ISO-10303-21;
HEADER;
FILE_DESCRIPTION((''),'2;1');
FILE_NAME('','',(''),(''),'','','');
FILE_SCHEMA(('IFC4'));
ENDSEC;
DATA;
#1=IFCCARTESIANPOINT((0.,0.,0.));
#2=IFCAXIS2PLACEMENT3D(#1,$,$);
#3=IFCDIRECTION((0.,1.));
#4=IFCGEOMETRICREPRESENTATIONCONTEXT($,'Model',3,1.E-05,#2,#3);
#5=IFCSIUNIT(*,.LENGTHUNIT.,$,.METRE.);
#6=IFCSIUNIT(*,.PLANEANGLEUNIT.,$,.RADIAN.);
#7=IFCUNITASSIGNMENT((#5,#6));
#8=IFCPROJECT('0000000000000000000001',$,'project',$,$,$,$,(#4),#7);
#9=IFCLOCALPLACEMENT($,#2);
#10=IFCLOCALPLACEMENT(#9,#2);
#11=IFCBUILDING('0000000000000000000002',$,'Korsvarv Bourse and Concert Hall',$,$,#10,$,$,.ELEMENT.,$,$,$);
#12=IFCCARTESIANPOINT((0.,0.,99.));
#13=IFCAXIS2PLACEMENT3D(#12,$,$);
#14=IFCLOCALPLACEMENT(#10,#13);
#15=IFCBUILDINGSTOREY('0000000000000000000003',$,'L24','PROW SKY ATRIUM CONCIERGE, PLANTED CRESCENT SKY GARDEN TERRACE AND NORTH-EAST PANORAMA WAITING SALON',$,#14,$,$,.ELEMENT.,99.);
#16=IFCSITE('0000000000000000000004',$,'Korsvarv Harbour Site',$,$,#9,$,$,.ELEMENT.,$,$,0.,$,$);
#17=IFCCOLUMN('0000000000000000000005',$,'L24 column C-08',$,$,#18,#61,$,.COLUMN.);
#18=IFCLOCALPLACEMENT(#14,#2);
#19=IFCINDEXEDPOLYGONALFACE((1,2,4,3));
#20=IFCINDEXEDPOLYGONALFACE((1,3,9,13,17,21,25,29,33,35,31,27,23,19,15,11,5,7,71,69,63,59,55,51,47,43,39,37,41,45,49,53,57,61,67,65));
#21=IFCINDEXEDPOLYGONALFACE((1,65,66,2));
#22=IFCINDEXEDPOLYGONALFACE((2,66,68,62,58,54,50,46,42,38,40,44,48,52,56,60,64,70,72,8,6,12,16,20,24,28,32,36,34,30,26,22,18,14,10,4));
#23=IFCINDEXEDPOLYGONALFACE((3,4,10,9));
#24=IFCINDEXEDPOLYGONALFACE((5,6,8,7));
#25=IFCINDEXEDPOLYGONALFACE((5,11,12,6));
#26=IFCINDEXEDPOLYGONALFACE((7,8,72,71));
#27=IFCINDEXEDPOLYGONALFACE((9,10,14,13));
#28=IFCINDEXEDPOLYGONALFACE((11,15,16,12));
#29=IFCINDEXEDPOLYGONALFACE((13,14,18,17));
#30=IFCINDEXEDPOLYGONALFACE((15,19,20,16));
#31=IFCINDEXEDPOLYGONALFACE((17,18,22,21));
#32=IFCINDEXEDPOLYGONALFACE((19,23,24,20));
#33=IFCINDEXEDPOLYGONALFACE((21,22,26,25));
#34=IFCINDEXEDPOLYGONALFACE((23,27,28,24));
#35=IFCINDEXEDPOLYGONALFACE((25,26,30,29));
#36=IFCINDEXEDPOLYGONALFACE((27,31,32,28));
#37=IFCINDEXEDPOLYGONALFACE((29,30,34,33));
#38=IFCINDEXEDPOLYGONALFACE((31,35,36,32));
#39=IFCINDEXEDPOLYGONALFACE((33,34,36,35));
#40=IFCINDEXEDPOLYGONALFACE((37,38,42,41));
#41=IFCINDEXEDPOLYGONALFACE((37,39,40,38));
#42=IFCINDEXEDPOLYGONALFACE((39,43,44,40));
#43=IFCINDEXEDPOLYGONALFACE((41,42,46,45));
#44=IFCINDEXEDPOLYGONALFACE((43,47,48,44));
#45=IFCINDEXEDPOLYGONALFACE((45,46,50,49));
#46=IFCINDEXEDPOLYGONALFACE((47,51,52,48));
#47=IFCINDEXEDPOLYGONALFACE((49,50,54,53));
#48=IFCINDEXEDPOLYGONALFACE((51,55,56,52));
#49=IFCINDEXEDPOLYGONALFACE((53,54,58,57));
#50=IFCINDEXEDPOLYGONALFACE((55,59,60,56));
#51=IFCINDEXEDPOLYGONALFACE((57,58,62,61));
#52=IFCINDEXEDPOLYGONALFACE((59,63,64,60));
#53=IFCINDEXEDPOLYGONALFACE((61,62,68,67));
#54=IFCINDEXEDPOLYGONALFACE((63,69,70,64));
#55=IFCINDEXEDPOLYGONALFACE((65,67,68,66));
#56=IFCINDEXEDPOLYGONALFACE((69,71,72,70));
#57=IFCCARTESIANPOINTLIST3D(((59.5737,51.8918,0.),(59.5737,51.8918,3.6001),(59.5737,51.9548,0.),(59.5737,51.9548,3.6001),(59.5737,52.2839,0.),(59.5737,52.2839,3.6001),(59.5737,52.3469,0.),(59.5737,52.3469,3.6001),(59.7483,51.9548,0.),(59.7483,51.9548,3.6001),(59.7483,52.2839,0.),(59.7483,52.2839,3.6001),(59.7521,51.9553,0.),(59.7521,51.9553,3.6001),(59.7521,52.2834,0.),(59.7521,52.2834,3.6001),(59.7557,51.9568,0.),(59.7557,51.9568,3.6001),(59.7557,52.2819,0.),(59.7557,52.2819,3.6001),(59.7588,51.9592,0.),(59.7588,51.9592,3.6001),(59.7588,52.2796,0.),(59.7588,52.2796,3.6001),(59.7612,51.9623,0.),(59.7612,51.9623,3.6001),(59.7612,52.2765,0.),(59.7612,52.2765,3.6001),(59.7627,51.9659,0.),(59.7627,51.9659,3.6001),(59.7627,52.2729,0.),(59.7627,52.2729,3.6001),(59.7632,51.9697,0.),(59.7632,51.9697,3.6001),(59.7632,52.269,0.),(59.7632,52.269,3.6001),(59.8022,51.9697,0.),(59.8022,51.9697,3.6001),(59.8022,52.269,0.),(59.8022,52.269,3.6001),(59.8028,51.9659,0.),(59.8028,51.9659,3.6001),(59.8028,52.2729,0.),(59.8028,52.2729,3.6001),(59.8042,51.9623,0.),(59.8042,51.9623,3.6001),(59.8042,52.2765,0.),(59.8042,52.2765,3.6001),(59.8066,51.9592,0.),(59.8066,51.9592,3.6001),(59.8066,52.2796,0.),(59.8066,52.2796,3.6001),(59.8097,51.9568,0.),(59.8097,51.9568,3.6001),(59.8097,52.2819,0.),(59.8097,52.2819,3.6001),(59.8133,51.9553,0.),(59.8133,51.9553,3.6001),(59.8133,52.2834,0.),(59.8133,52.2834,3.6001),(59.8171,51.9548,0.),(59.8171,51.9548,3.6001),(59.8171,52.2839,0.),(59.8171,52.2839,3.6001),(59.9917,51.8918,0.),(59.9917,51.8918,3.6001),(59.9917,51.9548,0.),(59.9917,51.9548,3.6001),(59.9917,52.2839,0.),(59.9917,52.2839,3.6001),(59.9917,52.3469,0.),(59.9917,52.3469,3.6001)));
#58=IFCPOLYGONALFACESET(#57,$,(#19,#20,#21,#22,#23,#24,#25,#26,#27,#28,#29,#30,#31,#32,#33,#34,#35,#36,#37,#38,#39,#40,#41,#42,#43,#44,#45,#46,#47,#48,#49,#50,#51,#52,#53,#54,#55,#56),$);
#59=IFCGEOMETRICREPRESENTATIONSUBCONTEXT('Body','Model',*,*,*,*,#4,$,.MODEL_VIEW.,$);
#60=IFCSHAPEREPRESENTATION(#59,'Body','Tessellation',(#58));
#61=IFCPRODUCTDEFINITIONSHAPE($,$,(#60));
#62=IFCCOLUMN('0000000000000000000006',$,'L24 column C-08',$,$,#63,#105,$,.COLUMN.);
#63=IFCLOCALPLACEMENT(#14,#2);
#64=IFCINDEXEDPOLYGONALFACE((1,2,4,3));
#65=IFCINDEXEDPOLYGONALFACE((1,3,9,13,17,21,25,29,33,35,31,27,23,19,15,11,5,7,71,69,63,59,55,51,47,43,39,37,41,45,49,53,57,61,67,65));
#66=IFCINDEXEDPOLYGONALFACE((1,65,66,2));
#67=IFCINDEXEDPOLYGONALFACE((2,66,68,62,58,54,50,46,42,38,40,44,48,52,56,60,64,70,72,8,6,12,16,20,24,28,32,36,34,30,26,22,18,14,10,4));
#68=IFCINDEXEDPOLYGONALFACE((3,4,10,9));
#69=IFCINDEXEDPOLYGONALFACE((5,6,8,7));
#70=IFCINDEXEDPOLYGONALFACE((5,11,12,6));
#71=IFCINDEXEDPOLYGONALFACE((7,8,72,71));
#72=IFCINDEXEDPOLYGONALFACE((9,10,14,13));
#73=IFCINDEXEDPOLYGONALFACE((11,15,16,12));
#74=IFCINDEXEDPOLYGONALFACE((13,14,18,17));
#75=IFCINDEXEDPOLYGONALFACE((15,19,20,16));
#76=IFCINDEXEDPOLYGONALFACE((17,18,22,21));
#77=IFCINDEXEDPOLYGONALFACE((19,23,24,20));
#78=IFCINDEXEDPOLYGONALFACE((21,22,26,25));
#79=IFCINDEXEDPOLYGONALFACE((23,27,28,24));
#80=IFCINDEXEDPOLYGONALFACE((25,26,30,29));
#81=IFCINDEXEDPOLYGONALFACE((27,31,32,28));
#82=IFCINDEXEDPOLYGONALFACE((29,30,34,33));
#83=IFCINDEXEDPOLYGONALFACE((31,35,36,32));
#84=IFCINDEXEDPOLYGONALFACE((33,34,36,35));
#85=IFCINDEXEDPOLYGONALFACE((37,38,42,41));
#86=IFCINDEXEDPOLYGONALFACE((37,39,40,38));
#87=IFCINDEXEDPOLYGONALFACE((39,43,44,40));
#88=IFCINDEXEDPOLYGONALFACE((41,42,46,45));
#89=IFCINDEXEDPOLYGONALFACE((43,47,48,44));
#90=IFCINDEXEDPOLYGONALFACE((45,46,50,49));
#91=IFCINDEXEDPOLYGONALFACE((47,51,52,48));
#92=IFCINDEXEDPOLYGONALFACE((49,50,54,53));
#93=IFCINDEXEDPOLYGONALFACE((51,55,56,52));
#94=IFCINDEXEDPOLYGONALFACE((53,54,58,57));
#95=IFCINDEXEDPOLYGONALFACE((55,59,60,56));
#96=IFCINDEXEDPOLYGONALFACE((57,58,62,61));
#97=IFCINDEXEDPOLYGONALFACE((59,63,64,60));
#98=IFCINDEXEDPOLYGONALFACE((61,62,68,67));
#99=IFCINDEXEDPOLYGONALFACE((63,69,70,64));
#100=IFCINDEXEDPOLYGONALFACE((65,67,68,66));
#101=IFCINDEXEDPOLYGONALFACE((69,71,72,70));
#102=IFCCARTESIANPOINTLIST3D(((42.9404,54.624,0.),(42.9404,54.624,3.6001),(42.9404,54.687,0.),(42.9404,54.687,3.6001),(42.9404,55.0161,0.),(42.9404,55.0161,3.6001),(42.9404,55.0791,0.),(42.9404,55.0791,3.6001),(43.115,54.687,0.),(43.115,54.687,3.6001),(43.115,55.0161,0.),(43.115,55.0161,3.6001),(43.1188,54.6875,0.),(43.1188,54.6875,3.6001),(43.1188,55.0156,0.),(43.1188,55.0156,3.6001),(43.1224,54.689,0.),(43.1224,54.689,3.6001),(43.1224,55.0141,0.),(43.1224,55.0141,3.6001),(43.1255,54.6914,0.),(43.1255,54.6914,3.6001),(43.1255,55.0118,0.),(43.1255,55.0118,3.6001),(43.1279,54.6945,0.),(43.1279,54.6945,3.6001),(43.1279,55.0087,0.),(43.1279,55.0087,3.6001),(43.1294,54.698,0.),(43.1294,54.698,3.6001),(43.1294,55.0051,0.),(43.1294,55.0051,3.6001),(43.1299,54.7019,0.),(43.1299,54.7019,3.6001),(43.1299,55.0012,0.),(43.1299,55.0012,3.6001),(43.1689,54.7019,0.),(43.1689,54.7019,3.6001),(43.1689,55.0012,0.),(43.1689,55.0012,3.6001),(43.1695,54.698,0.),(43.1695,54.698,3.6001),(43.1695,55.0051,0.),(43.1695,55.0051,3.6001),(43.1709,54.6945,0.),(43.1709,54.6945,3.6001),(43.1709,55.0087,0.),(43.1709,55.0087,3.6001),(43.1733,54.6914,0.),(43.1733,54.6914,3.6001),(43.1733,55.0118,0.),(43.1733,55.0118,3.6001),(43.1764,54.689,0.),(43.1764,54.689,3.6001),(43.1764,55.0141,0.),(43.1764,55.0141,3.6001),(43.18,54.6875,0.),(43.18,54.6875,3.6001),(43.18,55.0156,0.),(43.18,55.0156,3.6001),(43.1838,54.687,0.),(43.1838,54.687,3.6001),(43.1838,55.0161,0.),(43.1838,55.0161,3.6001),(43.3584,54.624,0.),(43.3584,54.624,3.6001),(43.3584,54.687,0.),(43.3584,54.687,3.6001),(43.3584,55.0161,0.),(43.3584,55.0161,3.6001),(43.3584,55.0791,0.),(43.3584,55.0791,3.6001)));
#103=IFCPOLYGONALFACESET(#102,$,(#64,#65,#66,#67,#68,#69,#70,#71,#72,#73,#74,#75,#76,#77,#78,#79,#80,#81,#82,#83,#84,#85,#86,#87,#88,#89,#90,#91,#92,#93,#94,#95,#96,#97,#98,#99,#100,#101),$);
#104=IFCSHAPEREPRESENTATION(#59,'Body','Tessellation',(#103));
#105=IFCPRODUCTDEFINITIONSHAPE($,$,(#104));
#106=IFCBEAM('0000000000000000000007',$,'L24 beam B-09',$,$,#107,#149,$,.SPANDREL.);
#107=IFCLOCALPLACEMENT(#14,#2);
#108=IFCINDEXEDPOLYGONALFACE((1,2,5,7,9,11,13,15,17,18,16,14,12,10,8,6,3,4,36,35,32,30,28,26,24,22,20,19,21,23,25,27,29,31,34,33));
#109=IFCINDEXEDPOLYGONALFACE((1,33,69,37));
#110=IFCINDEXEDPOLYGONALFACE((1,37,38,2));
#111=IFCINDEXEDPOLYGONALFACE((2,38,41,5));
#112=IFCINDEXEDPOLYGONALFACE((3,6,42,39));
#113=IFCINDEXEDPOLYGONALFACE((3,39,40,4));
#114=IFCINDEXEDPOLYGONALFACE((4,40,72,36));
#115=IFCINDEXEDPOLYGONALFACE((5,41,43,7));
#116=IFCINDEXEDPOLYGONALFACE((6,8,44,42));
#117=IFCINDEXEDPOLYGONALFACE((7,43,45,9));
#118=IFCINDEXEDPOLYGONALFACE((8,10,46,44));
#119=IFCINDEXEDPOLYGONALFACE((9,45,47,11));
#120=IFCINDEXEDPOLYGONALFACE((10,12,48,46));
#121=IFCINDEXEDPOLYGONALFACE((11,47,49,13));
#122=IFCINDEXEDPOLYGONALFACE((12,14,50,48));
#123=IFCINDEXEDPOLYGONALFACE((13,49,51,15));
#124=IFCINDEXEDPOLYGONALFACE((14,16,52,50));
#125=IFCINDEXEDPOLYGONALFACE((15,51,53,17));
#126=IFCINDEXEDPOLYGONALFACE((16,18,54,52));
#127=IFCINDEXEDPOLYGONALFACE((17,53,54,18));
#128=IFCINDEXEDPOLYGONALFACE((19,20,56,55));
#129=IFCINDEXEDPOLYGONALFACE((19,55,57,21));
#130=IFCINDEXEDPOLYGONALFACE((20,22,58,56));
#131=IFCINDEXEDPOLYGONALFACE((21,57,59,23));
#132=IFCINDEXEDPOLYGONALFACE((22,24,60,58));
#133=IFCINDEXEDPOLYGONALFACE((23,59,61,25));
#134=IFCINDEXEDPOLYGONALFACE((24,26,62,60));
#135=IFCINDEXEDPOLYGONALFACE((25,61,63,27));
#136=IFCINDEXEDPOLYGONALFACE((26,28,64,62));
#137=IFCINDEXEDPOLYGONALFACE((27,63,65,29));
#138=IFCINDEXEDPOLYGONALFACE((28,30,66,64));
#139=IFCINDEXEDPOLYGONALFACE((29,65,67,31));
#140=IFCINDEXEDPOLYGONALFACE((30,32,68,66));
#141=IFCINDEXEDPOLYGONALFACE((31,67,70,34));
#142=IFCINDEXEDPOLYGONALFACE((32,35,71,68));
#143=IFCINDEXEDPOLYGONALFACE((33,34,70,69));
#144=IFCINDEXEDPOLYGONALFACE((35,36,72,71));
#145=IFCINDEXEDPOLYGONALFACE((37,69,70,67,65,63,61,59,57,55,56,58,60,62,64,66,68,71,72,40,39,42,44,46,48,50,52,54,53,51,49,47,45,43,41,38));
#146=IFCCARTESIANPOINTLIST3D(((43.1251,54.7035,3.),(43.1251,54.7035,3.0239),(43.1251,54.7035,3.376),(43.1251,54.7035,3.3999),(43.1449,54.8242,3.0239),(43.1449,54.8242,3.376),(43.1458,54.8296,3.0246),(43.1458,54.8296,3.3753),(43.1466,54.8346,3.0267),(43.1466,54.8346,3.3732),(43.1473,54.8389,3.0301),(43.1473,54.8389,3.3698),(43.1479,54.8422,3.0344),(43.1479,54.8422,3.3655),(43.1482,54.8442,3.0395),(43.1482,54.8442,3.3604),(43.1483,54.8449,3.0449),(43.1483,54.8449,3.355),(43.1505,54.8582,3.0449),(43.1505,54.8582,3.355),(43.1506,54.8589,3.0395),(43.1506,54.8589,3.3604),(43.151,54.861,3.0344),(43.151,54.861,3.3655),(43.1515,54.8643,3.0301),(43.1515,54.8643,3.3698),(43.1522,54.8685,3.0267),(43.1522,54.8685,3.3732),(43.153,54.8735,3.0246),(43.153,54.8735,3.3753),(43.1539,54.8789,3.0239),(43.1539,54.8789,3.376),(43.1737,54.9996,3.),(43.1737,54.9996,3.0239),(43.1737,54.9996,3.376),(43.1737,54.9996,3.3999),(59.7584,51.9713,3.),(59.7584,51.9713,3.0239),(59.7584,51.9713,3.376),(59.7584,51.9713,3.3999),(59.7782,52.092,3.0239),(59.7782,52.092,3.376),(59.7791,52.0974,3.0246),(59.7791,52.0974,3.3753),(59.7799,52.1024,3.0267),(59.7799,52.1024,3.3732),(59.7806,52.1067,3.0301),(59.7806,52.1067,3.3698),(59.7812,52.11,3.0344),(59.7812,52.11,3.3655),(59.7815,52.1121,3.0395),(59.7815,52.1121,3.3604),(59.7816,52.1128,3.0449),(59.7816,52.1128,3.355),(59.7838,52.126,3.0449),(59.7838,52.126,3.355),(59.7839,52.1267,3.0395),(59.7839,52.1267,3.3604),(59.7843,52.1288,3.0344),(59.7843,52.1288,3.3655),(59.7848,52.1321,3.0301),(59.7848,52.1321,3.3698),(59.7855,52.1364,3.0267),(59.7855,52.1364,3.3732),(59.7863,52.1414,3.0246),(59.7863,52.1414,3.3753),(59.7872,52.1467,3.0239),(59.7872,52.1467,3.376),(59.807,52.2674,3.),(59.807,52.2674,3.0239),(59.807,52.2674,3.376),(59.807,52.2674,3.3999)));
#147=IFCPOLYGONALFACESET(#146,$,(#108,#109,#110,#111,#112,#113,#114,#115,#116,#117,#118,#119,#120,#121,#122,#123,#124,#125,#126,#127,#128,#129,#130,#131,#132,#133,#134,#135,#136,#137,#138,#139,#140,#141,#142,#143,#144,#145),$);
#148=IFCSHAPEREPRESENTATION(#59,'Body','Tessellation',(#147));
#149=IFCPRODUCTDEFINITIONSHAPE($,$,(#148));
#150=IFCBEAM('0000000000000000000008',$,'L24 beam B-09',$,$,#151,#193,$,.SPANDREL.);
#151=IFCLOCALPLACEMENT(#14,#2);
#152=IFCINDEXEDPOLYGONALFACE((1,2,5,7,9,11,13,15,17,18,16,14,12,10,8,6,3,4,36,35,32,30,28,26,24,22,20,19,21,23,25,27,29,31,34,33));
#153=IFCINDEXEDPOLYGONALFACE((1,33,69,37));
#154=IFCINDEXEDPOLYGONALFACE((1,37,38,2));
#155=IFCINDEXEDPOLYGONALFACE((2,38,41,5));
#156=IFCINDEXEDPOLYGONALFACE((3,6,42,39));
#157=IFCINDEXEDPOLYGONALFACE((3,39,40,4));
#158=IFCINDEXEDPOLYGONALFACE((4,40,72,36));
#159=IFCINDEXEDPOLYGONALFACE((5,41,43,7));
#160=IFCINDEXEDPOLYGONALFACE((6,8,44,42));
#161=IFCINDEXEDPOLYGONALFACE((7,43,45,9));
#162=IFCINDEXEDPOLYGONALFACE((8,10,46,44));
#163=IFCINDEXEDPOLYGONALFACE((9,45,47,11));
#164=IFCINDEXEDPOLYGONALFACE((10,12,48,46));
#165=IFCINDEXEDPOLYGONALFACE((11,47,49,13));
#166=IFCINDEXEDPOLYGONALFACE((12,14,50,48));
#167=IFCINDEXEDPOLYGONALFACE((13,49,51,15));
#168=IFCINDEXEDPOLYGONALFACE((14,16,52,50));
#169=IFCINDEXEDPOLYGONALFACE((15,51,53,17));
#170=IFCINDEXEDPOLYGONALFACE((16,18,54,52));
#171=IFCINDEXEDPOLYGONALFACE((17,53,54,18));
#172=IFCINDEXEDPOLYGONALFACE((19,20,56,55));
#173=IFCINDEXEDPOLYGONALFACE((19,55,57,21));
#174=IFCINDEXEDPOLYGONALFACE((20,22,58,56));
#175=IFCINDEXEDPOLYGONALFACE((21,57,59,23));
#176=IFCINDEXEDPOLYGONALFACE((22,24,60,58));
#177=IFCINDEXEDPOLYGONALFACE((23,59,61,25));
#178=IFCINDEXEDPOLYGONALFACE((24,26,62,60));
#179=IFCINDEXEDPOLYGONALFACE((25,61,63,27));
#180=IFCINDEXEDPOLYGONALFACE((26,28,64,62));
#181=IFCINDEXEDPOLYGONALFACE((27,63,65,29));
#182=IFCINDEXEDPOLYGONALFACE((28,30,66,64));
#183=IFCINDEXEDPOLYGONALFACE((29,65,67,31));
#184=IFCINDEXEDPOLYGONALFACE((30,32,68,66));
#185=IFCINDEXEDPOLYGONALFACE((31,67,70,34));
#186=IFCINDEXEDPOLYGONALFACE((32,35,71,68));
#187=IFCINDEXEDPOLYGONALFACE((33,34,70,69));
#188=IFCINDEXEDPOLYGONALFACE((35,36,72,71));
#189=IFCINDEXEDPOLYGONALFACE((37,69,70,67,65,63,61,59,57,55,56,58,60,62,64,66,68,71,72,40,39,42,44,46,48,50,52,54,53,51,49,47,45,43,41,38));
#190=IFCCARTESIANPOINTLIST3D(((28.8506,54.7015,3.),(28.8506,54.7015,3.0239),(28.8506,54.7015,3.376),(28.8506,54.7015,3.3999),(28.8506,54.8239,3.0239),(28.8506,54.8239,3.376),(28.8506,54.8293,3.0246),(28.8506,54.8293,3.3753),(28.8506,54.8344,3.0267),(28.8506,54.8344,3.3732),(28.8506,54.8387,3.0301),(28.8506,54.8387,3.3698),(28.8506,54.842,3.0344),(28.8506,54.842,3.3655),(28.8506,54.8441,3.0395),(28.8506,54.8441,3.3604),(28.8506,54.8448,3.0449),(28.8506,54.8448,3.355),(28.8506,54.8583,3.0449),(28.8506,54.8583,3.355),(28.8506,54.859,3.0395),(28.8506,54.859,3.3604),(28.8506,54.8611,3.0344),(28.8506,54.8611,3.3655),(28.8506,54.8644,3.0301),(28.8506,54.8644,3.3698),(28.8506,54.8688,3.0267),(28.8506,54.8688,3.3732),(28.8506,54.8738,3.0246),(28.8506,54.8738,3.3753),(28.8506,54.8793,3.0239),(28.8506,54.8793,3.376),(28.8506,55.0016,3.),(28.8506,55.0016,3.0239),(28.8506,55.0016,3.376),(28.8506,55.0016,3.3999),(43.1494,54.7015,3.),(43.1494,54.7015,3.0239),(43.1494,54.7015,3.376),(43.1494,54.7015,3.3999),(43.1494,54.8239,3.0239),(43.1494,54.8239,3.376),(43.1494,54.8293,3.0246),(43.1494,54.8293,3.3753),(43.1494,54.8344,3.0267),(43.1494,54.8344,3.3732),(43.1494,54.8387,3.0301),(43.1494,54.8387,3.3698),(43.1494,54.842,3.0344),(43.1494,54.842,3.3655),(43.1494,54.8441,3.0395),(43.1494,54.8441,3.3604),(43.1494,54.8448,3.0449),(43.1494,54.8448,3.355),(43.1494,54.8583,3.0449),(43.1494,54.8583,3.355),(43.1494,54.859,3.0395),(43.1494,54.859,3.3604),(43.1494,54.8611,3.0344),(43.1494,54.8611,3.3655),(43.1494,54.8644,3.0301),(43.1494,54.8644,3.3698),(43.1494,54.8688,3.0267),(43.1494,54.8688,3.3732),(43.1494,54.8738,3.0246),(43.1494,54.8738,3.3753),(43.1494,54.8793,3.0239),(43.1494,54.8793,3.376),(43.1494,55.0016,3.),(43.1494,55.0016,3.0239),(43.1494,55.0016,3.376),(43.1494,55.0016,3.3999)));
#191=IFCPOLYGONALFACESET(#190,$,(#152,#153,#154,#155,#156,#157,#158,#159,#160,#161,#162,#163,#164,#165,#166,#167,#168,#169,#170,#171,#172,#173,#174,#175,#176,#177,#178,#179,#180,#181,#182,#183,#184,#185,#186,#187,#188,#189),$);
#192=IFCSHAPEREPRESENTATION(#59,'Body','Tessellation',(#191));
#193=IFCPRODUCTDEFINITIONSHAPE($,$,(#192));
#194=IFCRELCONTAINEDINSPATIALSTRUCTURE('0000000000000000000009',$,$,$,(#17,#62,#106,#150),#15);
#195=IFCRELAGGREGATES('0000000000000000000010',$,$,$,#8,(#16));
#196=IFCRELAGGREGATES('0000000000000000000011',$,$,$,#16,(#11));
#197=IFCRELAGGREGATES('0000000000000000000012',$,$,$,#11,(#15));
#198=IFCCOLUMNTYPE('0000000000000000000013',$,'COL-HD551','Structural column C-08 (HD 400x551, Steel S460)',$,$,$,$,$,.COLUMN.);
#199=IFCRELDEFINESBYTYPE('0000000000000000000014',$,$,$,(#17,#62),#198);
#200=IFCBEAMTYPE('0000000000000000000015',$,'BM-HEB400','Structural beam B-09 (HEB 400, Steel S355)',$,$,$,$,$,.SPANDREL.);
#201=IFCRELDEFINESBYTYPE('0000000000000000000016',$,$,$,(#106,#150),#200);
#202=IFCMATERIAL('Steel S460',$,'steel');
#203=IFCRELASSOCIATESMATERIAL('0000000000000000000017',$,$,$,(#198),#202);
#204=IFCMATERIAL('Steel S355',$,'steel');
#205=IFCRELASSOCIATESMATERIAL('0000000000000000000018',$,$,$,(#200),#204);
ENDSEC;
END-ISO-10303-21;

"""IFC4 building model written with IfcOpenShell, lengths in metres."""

from ifc_helpers import new_model, si_unit, direction, frame, origin, origin_2d, place, context, subcontext, project, spatial, i_section, extrude, source, transform, mapped, material, material_profile, profile_set, type_object, element, save


model = new_model("IFC4")

# Units and contexts
model_context = context("Model", 3, precision=1e-05, world=origin(), true_north=direction((0.0, 1.0)))
body_context = subcontext(model_context, "Body", "Model", "MODEL_VIEW")
ifc_project = project(units=[si_unit("LENGTHUNIT", "METRE"), si_unit("PLANEANGLEUNIT", "RADIAN")], contexts=[model_context])

# Site, building, storey
site_placement = place(None, origin())
site = spatial("IfcSite", under=ifc_project, at=site_placement, Name="Korsvarv Harbour Site", CompositionType="ELEMENT", RefElevation=0.0)
building_placement = place(site_placement, origin())
building = spatial("IfcBuilding", under=site, at=building_placement, Name="Korsvarv Bourse and Concert Hall", CompositionType="ELEMENT")
storey_placement = place(building_placement, frame((0.0, 0.0, 99.0)))
storey = spatial("IfcBuildingStorey", under=building, at=storey_placement, Name="L24", Description="PROW SKY ATRIUM CONCIERGE, PLANTED CRESCENT SKY GARDEN TERRACE AND NORTH-EAST PANORAMA WAITING SALON", CompositionType="ELEMENT", Elevation=99.0)

# Columns
ifc_material_1 = material(Name="Steel S460", Category="steel")
ifc_material_profile_1 = material_profile(ifc_material_1, i_section(OverallWidth=0.418, OverallDepth=0.4551, WebThickness=0.0391, FlangeThickness=0.063, FilletRadius=0.0149, at=origin_2d()), Name="HD 400x551")
ifc_profile_set_1 = profile_set([ifc_material_profile_1], Name="Steel S460")
column_type = type_object("IfcColumnType", Name="COL-HD551", Description="Structural column C-08 (HD 400x551, Steel S460)", PredefinedType="COLUMN", material=ifc_profile_set_1)
shared_shape_1 = source(origin(), body_context, "Body", "SweptSolid", [
    extrude(i_section(OverallWidth=0.418, OverallDepth=0.4551, WebThickness=0.0391, FlangeThickness=0.063, FilletRadius=0.0149, at=origin_2d()), origin(), (0.0, 0.0, 1.0), 3.6001),
])
for number, where, z_axis, x_axis, name in (
    (1, (59.7827, 52.1194, 0.0), (0.0, 0.0, 1.0), (1.0, 0.0, 0.0), "L24 column C-08"),
    (2, (43.1494, 54.8516, 0.0), (0.0, 0.0, 1.0), (1.0, 0.0, 0.0), "L24 column C-08"),
):
    element("IfcColumn", number, at=place(storey_placement, frame(where, z_axis=z_axis, x_axis=x_axis)), inside=storey, type_object=column_type, Name=name, PredefinedType="COLUMN", context=body_context, shape_type="MappedRepresentation", body=[
        mapped(shared_shape_1, transform((0.0, 0.0, 0.0), scale=1.0)),
    ])

# Beams
ifc_material_2 = material(Name="Steel S355", Category="steel")
ifc_material_profile_2 = material_profile(ifc_material_2, i_section(OverallWidth=0.3, OverallDepth=0.3999, WebThickness=0.0134, FlangeThickness=0.0239, FilletRadius=0.021, at=origin_2d()), Name="HEB 400")
ifc_profile_set_2 = profile_set([ifc_material_profile_2], Name="Steel S355")
beam_type_1 = type_object("IfcBeamType", Name="BM-HEB400", Description="Structural beam B-09 (HEB 400, Steel S355)", PredefinedType="SPANDREL", material=ifc_profile_set_2)
shared_shape_2 = source(origin(), body_context, "Body", "SweptSolid", [
    extrude(i_section(OverallWidth=0.3, OverallDepth=0.3999, WebThickness=0.0134, FlangeThickness=0.0239, FilletRadius=0.021, at=origin_2d()), origin(), (0.0, 0.0, 1.0), 16.8562),
])
beam_1_placement = place(storey_placement, frame((59.7827, 52.1194, 3.2), z_axis=(-0.986776, 0.162087, 0.0), x_axis=(-0.162087, -0.986776, 0.0)))
element("IfcBeam", 3, at=beam_1_placement, inside=storey, type_object=beam_type_1, Name="L24 beam B-09", PredefinedType="SPANDREL", context=body_context, shape_type="MappedRepresentation", body=[
    mapped(shared_shape_2, transform((0.0, 0.0, 0.0), scale=1.0)),
])
shared_shape_3 = source(origin(), body_context, "Body", "SweptSolid", [
    extrude(i_section(OverallWidth=0.3, OverallDepth=0.3999, WebThickness=0.0134, FlangeThickness=0.0239, FilletRadius=0.021, at=origin_2d()), origin(), (0.0, 0.0, 1.0), 14.2988),
])
beam_2_placement = place(storey_placement, frame((43.1494, 54.8516, 3.2), z_axis=(-1.0, 0.0, 0.0), x_axis=(0.0, -1.0, 0.0)))
element("IfcBeam", 4, at=beam_2_placement, inside=storey, type_object=beam_type_1, Name="L24 beam B-09", PredefinedType="SPANDREL", context=body_context, shape_type="MappedRepresentation", body=[
    mapped(shared_shape_3, transform((0.0, 0.0, 0.0), scale=1.0)),
])

save(model, "model.ifc")
